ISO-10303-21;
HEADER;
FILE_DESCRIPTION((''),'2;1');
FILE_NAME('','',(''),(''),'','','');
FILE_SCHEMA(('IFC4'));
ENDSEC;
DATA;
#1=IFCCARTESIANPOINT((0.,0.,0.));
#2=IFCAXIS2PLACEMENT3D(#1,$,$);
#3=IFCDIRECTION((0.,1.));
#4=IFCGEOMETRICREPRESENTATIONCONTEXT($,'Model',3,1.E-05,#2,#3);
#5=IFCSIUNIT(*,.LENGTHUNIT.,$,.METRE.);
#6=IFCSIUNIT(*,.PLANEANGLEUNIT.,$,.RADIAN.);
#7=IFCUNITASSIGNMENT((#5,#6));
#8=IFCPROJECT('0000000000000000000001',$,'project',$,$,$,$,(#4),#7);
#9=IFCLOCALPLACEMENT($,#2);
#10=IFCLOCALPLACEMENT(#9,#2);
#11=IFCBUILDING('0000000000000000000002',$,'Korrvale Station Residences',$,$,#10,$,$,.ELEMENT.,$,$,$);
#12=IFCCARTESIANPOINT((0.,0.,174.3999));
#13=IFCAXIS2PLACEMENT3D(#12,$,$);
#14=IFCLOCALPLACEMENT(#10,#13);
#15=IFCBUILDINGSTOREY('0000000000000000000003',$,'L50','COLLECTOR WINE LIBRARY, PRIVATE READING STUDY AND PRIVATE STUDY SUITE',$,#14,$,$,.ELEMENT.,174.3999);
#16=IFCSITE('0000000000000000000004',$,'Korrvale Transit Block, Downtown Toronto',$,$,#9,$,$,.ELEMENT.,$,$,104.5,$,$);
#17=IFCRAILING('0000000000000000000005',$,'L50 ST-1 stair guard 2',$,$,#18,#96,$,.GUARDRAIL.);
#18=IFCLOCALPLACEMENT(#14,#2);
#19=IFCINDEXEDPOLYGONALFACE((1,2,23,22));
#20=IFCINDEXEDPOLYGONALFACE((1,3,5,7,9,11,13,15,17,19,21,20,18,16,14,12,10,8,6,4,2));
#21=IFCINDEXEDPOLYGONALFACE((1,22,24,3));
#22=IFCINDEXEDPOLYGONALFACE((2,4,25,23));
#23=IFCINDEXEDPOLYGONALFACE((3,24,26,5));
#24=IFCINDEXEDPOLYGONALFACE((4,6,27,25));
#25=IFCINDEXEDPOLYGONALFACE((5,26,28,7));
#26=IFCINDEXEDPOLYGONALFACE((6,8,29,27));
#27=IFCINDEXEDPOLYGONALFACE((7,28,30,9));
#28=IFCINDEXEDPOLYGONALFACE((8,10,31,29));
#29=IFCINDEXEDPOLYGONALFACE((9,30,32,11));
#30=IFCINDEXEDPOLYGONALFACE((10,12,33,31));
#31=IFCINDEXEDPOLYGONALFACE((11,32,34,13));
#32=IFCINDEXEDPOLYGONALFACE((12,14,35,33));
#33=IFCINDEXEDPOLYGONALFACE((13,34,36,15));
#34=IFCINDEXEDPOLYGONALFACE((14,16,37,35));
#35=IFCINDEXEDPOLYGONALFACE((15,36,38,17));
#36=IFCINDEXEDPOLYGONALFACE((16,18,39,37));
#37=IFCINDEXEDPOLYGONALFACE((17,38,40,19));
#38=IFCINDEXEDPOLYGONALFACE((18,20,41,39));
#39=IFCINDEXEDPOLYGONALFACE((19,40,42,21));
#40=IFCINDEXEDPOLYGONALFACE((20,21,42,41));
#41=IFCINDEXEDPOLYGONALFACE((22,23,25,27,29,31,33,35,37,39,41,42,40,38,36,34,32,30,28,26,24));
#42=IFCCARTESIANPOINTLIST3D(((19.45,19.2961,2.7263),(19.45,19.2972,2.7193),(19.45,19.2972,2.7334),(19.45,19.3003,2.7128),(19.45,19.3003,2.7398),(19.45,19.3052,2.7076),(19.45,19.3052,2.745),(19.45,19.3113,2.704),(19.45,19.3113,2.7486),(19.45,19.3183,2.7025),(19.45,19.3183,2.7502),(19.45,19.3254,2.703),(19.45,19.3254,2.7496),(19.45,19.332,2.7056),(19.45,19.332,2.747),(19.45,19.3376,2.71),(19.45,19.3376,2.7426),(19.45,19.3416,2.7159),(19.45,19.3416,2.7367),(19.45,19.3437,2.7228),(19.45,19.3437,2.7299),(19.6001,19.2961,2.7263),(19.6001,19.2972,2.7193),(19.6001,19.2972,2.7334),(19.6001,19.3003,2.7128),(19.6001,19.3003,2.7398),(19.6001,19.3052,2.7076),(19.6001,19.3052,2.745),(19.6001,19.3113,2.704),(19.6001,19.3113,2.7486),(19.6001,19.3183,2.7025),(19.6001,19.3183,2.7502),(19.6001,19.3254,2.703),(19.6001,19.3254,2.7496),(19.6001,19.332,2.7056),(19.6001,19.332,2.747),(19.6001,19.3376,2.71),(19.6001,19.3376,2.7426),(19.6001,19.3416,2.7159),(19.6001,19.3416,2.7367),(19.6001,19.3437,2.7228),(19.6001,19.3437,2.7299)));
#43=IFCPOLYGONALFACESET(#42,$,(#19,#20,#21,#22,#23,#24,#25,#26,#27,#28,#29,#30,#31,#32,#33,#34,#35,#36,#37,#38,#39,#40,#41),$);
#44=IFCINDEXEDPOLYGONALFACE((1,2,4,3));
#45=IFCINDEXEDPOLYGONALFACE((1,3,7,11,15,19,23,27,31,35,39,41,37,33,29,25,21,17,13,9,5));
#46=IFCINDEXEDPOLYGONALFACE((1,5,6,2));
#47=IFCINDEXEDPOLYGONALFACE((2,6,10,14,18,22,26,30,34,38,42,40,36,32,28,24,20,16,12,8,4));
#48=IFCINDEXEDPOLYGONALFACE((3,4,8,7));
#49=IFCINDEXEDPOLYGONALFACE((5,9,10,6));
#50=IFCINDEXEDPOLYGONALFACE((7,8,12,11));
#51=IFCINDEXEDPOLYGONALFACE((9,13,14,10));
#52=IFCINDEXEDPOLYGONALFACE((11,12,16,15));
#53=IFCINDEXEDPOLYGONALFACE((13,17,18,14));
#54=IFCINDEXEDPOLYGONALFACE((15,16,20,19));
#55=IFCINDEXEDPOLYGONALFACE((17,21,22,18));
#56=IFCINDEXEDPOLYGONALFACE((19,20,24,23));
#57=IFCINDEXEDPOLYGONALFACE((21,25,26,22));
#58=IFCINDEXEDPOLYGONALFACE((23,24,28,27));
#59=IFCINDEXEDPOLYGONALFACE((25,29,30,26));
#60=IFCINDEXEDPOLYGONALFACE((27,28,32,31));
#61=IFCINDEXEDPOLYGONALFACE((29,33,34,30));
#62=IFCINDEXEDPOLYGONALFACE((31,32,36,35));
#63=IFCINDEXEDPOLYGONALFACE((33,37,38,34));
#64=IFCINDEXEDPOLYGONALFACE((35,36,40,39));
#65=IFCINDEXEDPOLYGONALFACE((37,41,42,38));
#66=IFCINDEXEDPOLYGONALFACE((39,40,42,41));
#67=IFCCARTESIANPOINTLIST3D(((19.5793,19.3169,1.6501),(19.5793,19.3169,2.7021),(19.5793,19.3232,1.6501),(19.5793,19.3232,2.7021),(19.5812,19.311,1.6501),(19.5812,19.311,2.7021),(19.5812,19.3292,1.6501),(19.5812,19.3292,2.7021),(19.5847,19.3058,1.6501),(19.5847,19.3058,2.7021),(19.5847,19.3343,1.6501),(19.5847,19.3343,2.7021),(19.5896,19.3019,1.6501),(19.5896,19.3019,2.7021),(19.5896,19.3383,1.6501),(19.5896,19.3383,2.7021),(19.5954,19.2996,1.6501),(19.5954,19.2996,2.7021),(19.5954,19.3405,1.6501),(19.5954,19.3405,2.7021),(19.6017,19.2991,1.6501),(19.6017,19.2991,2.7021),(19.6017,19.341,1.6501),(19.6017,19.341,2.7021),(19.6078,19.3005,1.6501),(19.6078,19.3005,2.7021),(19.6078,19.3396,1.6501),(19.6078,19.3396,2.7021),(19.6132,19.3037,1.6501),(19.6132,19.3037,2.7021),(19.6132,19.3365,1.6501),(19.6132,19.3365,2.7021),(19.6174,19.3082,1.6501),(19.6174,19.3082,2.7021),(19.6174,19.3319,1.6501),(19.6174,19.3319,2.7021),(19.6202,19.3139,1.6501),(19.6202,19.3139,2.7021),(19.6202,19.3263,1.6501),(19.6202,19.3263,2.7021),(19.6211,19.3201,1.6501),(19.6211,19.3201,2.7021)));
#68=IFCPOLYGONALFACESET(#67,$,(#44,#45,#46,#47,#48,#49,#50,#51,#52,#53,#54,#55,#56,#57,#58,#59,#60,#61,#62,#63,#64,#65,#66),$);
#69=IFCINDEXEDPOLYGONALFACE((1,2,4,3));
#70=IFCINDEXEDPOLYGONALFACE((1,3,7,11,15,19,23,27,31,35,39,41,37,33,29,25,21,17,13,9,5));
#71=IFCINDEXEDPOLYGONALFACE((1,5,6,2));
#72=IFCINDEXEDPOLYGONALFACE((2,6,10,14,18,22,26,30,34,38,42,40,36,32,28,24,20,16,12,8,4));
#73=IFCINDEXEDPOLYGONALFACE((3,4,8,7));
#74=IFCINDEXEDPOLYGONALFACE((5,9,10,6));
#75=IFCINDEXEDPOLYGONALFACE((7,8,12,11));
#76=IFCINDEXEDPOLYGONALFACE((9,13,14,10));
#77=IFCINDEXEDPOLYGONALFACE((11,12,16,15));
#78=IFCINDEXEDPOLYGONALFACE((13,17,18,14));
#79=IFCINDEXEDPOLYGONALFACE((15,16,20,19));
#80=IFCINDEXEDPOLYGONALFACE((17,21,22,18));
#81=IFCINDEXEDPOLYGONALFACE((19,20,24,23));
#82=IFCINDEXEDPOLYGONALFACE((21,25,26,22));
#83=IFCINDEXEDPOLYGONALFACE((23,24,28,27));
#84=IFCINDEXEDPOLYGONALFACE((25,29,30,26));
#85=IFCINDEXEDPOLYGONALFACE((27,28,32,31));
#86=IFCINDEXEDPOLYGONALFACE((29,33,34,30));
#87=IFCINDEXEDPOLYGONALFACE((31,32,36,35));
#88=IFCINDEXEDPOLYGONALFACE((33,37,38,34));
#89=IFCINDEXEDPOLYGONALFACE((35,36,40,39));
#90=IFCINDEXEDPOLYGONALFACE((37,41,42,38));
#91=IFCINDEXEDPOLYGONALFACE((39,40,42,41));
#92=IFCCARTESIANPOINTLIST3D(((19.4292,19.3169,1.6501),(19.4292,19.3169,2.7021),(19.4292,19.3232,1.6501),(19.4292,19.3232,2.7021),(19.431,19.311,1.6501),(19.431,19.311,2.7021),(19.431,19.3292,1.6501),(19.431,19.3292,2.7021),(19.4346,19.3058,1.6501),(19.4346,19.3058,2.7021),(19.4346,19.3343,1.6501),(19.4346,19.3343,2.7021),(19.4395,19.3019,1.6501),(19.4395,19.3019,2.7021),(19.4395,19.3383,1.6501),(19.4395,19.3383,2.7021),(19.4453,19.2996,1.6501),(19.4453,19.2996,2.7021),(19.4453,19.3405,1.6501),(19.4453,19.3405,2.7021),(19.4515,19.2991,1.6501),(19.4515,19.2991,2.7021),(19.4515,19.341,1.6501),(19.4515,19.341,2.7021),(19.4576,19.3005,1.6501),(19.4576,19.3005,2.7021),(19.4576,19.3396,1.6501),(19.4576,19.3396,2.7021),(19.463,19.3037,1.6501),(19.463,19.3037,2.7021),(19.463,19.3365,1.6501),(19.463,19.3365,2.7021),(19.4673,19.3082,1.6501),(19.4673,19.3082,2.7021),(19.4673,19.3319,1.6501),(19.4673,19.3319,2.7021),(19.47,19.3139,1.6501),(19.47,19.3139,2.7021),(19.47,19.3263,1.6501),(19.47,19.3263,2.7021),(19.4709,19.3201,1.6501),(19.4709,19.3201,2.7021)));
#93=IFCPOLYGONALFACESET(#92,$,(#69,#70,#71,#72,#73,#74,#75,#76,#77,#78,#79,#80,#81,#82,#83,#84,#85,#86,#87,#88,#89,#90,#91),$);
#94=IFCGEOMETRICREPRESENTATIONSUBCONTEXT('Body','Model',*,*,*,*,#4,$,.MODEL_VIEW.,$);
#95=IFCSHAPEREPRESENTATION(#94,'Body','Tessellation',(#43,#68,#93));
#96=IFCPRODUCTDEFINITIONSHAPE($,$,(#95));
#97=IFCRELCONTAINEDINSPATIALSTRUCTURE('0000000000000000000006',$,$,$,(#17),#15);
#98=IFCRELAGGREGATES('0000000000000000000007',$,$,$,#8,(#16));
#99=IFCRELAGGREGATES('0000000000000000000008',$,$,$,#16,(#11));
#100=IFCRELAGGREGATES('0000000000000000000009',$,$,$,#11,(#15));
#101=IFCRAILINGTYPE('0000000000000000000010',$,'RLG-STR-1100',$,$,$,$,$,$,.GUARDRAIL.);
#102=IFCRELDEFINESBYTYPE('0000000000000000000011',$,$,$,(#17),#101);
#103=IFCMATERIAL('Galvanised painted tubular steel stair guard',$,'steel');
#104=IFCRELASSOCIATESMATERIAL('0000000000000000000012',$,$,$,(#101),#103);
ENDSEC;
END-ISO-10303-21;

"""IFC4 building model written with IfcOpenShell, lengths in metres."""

from ifc_helpers import new_model, si_unit, direction, frame, origin, origin_2d, place, context, subcontext, project, spatial, circle, extrude, material, type_object, element, save


model = new_model("IFC4")

# Units and contexts
model_context = context("Model", 3, precision=1e-05, world=origin(), true_north=direction((0.0, 1.0)))
body_context = subcontext(model_context, "Body", "Model", "MODEL_VIEW")
ifc_project = project(units=[si_unit("LENGTHUNIT", "METRE"), si_unit("PLANEANGLEUNIT", "RADIAN")], contexts=[model_context])

# Site, building, storey
site_placement = place(None, origin())
site = spatial("IfcSite", under=ifc_project, at=site_placement, Name="Korrvale Transit Block, Downtown Toronto", CompositionType="ELEMENT", RefElevation=104.5)
building_placement = place(site_placement, origin())
building = spatial("IfcBuilding", under=site, at=building_placement, Name="Korrvale Station Residences", CompositionType="ELEMENT")
storey_placement = place(building_placement, frame((0.0, 0.0, 174.3999)))
storey = spatial("IfcBuildingStorey", under=building, at=storey_placement, Name="L50", Description="COLLECTOR WINE LIBRARY, PRIVATE READING STUDY AND PRIVATE STUDY SUITE", CompositionType="ELEMENT", Elevation=174.3999)

# Railing
ifc_material_1 = material(Name="Galvanised painted tubular steel stair guard", Category="steel")
railing_type_1 = type_object("IfcRailingType", Name="RLG-STR-1100", PredefinedType="GUARDRAIL", material=ifc_material_1)
railing_1_placement = place(storey_placement, frame((19.6001, 19.3201, 1.6501)))
element("IfcRailing", 1, at=railing_1_placement, inside=storey, type_object=railing_type_1, Name="L50 ST-1 stair guard 2", PredefinedType="GUARDRAIL", context=body_context, shape_type="SweptSolid", body=[
    extrude(circle(Radius=0.0239, at=origin_2d()), frame((0.0, 0.0, 1.0762), z_axis=(-1.0, 0.0, 0.0), x_axis=(0.0, -1.0, 0.0)), (0.0, 0.0, 1.0), 0.1501),
    extrude(circle(Radius=0.021, at=origin_2d()), origin(), (0.0, 0.0, 1.0), 1.052),
    extrude(circle(Radius=0.021, at=origin_2d()), frame((-0.1501, 0.0, 0.0)), (0.0, 0.0, 1.0), 1.052),
])

save(model, "model.ifc")
